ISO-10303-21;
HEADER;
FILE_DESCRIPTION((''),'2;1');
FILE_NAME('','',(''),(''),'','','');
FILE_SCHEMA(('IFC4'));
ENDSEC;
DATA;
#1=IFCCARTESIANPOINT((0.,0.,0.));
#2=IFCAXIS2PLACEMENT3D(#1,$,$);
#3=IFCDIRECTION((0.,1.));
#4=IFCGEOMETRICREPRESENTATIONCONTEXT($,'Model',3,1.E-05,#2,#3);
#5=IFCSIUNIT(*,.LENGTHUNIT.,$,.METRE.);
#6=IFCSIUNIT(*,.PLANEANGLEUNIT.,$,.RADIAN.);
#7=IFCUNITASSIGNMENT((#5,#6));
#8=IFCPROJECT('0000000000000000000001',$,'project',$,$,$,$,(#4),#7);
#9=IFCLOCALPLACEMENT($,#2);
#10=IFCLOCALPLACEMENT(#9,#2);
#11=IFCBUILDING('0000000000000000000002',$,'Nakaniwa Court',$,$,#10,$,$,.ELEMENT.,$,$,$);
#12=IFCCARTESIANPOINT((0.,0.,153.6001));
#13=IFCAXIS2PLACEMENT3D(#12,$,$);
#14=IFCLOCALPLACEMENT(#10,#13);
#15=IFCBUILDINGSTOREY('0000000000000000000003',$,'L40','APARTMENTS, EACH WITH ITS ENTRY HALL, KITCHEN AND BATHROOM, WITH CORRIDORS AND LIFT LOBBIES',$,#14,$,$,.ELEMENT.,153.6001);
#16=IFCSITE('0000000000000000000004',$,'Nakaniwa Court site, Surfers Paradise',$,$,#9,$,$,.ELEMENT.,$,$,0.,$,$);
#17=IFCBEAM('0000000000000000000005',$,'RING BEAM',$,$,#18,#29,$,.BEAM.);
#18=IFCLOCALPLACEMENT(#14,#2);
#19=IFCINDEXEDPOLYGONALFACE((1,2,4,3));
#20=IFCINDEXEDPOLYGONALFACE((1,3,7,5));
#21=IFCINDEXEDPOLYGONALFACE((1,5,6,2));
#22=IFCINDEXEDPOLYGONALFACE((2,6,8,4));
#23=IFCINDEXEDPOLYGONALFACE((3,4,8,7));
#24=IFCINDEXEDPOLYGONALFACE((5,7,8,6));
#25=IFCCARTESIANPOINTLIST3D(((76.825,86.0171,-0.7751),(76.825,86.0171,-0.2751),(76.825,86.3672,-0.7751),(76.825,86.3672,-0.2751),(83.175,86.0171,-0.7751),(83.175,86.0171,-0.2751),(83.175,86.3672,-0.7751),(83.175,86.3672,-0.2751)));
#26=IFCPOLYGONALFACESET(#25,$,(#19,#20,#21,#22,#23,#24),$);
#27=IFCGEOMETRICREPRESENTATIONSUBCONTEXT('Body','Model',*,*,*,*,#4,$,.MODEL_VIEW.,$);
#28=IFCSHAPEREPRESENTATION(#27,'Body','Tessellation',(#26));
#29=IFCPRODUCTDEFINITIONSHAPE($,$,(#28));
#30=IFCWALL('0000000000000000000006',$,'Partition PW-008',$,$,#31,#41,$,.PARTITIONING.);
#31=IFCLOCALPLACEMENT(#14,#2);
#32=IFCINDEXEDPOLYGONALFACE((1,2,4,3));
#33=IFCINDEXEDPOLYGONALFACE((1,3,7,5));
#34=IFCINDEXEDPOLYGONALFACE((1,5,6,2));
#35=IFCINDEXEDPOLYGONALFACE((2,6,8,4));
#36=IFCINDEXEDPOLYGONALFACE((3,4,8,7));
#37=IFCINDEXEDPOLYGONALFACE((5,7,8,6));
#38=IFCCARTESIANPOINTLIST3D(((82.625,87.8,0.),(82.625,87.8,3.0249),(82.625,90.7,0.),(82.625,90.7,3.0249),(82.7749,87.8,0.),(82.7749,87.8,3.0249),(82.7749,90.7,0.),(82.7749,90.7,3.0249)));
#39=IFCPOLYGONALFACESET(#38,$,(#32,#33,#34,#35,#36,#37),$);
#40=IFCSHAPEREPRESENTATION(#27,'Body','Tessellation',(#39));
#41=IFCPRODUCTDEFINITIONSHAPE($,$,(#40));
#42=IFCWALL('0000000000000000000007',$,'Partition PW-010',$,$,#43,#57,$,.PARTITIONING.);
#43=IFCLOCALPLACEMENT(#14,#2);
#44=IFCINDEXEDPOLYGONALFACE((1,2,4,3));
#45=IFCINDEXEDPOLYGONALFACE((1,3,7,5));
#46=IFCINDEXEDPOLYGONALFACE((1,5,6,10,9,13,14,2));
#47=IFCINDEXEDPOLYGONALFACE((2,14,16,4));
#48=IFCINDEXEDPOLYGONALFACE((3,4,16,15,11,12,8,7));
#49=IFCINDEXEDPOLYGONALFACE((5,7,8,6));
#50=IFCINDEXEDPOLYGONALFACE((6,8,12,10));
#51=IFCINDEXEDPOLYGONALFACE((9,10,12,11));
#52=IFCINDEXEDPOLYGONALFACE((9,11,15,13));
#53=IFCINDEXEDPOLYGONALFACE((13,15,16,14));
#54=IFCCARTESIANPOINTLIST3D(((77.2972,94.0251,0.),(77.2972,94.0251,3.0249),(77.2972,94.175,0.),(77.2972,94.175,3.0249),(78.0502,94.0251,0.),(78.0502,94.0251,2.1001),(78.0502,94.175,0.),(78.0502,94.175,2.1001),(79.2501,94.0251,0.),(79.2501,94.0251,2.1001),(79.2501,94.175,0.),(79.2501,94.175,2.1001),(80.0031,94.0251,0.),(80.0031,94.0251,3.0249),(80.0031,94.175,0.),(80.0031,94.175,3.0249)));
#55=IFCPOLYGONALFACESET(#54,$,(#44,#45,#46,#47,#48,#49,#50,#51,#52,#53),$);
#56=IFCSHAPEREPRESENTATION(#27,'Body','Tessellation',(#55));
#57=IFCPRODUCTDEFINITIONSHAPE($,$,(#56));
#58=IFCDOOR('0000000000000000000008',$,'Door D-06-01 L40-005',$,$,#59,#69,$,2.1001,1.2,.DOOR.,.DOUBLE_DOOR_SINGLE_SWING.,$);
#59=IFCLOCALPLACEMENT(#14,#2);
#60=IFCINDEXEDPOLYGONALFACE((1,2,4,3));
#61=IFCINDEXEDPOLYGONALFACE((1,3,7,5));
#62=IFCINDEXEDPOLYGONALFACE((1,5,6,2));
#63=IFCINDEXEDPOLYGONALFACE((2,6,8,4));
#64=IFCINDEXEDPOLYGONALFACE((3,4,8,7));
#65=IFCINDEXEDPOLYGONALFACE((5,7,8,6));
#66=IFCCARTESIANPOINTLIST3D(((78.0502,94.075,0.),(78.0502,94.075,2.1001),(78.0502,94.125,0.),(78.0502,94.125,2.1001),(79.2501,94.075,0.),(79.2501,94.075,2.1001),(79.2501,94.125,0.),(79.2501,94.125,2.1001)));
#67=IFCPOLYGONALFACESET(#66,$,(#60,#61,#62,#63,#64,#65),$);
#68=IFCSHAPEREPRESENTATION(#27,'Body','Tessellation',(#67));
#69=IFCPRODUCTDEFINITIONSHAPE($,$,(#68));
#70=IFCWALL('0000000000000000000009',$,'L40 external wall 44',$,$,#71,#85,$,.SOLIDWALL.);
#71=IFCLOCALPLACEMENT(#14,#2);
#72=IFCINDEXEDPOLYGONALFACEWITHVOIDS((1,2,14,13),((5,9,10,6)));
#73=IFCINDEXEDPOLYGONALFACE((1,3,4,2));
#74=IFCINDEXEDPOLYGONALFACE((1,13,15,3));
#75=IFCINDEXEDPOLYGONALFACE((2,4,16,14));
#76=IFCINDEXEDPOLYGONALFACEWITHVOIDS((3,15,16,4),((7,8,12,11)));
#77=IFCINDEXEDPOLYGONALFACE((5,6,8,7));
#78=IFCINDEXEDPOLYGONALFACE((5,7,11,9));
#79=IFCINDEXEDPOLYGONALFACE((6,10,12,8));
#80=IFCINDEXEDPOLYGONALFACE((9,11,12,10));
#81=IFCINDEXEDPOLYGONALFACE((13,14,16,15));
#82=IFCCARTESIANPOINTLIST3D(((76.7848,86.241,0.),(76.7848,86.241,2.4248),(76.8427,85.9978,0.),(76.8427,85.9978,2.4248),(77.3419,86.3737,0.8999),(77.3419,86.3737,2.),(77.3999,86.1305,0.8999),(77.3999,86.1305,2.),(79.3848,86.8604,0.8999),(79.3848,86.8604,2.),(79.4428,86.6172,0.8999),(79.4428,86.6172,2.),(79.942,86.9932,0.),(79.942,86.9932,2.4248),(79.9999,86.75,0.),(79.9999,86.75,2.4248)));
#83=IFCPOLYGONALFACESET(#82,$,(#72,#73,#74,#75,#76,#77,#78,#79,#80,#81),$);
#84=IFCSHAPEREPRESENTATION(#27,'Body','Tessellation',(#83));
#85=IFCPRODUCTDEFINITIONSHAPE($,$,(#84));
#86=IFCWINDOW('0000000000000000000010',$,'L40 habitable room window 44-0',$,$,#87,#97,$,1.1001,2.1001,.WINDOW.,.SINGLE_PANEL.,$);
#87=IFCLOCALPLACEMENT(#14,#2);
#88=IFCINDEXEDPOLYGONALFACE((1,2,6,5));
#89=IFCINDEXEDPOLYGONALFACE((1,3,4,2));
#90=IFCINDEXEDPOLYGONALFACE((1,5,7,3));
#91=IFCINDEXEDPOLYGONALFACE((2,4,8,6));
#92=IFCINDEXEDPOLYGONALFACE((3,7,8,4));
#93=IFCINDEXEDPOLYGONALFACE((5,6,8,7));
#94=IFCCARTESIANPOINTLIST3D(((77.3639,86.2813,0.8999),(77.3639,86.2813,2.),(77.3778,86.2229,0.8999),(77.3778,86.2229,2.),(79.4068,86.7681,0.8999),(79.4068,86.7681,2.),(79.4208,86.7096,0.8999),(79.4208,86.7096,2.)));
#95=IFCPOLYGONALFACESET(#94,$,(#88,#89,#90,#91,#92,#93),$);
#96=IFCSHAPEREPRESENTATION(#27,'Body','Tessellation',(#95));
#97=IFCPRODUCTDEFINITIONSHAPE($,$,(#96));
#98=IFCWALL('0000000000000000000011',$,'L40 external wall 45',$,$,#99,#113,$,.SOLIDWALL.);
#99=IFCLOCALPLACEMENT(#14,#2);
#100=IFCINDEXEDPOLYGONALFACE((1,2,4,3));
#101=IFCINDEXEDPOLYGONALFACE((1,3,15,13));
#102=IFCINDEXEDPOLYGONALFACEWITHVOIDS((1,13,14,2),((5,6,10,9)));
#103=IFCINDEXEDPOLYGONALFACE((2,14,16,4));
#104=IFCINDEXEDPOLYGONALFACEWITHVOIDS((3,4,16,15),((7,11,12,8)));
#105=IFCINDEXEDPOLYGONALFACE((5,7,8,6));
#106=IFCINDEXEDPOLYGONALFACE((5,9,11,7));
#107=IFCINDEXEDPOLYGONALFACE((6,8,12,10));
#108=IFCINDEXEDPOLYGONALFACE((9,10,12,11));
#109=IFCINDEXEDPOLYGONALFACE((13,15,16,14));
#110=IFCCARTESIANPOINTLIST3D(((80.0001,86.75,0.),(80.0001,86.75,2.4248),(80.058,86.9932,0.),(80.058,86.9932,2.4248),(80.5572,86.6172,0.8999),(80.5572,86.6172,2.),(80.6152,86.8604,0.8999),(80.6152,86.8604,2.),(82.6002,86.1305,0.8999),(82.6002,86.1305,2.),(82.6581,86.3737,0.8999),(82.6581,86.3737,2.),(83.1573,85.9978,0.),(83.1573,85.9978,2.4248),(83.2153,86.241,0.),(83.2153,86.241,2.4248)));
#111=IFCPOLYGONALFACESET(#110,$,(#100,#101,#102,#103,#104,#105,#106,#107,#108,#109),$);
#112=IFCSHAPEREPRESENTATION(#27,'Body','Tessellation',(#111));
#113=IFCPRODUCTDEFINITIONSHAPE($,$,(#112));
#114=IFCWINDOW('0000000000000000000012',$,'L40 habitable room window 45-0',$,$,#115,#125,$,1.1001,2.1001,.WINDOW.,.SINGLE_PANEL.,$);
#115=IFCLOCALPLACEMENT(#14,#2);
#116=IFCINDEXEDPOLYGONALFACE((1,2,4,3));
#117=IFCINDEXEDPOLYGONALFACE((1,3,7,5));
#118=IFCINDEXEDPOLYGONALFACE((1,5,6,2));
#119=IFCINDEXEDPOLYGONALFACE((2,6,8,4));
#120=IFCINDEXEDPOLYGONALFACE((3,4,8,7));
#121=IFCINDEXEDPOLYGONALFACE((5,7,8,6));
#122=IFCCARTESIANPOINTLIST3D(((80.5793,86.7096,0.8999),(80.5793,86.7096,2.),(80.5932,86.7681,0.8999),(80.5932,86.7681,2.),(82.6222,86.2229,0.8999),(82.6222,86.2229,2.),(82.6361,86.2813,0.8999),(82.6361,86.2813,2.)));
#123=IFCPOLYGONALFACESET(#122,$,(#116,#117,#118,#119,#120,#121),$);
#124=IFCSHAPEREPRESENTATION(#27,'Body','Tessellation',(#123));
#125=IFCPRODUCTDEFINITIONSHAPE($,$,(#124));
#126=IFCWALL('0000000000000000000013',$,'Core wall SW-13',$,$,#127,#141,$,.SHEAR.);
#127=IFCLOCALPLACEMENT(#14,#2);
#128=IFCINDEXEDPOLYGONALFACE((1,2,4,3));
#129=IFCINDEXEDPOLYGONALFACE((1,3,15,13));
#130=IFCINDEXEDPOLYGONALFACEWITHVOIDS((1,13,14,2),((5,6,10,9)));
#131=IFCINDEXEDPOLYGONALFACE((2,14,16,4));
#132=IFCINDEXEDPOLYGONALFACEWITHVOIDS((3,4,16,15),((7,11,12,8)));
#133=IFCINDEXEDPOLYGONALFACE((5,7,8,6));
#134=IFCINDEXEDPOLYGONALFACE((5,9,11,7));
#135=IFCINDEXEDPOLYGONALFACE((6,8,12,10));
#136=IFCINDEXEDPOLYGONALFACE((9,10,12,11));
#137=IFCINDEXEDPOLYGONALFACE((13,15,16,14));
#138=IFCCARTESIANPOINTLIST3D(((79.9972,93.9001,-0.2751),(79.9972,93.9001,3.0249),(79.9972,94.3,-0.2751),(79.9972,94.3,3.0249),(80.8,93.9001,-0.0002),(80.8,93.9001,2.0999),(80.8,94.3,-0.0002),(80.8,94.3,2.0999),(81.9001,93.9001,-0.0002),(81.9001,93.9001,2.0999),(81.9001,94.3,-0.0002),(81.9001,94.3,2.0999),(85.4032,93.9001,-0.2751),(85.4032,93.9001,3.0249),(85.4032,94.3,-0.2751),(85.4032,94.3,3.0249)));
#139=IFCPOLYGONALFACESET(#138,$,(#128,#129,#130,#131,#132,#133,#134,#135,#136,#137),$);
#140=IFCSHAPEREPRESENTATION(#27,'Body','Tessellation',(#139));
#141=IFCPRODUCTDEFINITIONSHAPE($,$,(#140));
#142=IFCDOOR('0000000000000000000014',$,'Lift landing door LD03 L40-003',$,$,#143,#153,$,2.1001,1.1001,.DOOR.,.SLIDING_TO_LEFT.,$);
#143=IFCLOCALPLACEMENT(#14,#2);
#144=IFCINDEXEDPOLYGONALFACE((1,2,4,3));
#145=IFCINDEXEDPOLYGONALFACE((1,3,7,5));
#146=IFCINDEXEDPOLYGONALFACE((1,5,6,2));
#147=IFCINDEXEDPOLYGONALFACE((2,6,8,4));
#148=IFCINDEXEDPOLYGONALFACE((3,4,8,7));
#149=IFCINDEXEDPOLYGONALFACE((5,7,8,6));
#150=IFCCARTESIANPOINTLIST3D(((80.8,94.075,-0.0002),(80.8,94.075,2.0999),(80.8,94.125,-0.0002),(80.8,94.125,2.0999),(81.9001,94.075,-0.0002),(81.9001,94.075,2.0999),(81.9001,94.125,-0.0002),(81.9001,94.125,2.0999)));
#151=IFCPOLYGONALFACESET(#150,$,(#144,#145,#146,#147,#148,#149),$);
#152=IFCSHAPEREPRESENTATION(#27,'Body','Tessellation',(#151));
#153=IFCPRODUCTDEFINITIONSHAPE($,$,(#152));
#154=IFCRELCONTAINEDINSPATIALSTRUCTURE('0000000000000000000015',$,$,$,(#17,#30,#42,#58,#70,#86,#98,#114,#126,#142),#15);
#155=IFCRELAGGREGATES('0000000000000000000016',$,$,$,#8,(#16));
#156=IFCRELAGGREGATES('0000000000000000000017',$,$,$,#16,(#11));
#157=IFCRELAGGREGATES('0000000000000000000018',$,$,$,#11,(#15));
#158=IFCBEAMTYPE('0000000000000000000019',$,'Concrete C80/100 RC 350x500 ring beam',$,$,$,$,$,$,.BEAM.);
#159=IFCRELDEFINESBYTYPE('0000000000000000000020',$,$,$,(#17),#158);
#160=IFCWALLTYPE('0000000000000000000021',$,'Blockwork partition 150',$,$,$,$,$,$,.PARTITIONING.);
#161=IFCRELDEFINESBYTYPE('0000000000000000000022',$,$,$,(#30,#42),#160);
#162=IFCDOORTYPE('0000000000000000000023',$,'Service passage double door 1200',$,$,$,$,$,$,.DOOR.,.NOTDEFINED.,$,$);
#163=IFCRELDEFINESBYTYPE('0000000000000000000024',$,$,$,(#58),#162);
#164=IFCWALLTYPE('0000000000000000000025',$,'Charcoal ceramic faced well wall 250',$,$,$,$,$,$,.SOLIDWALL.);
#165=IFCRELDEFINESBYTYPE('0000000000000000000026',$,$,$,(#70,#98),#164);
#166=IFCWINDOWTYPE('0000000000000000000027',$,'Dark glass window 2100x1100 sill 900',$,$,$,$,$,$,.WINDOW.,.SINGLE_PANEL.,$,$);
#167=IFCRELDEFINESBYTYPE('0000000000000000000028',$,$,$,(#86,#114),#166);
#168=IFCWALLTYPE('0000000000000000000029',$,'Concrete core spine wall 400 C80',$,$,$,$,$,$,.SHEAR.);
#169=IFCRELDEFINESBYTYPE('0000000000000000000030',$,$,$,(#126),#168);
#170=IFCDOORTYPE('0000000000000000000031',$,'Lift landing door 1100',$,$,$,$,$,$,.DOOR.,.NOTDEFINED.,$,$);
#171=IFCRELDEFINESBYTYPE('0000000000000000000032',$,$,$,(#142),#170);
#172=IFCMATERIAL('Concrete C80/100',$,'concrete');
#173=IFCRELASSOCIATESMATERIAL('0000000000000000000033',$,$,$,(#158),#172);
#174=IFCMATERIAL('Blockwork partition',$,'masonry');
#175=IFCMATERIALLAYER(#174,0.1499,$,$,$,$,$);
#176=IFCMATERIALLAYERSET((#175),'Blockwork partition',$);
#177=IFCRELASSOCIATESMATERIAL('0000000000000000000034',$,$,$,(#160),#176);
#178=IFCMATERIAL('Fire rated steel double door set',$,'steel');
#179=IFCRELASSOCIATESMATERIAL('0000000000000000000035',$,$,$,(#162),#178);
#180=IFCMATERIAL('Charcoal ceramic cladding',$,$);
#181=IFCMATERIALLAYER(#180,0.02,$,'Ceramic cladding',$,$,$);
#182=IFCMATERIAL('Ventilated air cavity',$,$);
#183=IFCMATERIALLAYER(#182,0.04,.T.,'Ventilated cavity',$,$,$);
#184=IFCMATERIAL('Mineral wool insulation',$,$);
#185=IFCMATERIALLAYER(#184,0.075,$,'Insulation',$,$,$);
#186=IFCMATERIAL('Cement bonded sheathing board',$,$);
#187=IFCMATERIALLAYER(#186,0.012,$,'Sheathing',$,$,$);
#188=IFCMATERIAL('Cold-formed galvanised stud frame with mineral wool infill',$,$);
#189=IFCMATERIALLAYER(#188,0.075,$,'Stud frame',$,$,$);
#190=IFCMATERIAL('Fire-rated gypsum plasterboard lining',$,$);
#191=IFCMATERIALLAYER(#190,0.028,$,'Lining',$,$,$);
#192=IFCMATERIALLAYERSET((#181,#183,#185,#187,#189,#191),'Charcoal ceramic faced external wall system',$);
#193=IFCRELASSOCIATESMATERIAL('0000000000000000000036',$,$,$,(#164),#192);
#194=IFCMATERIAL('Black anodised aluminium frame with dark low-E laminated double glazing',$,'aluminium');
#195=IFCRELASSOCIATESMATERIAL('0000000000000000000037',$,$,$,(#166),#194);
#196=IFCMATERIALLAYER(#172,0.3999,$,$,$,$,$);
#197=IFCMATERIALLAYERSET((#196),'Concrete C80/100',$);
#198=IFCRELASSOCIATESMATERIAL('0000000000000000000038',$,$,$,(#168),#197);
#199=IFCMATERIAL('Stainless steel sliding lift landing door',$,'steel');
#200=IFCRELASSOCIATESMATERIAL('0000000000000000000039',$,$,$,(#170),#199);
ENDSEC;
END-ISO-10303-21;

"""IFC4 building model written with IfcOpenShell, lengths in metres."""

from ifc_helpers import new_model, si_unit, direction, frame, frame_2d, origin, origin_2d, place, context, subcontext, project, spatial, rectangle, extrude, material, layer, layer_set, material_profile, profile_set, type_object, element, fill, save


model = new_model("IFC4")

# Units and contexts
model_context = context("Model", 3, precision=1e-05, world=origin(), true_north=direction((0.0, 1.0)))
body_context = subcontext(model_context, "Body", "Model", "MODEL_VIEW")
ifc_project = project(units=[si_unit("LENGTHUNIT", "METRE"), si_unit("PLANEANGLEUNIT", "RADIAN")], contexts=[model_context])

# Site, building, storey
site_placement = place(None, origin())
site = spatial("IfcSite", under=ifc_project, at=site_placement, Name="Nakaniwa Court site, Surfers Paradise", CompositionType="ELEMENT", RefElevation=0.0)
building_placement = place(site_placement, origin())
building = spatial("IfcBuilding", under=site, at=building_placement, Name="Nakaniwa Court", CompositionType="ELEMENT")
storey_placement = place(building_placement, frame((0.0, 0.0, 153.6001)))
storey = spatial("IfcBuildingStorey", under=building, at=storey_placement, Name="L40", Description="APARTMENTS, EACH WITH ITS ENTRY HALL, KITCHEN AND BATHROOM, WITH CORRIDORS AND LIFT LOBBIES", CompositionType="ELEMENT", Elevation=153.6001)

# Shared definitions
ifc_material_1 = material(Name="Concrete C80/100", Category="concrete")

# Beam
ifc_material_profile_1 = material_profile(ifc_material_1, rectangle(XDim=0.3501, YDim=0.5, at=origin_2d()), Name="Concrete C80/100 RC 350x500 ring beam")
ifc_profile_set_1 = profile_set([ifc_material_profile_1], Name="Concrete C80/100")
beam_type = type_object("IfcBeamType", Name="Concrete C80/100 RC 350x500 ring beam", PredefinedType="BEAM", material=ifc_profile_set_1)
beam_placement = place(storey_placement, frame((83.175, 86.1921, -0.5251), z_axis=(-1.0, 0.0, 0.0), x_axis=(0.0, -1.0, 0.0)))
element("IfcBeam", 1, at=beam_placement, inside=storey, type_object=beam_type, Name="RING BEAM", PredefinedType="BEAM", context=body_context, shape_type="SweptSolid", body=[
    extrude(rectangle(XDim=0.3501, YDim=0.5, at=origin_2d()), origin(), (0.0, 0.0, 1.0), 6.3501),
])

# Wall
ifc_material_2 = material(Name="Blockwork partition", Category="masonry")
ifc_layer_1 = layer(ifc_material_2, 0.1499)
ifc_layer_set_1 = layer_set([ifc_layer_1], Name="Blockwork partition")
wall_type_1 = type_object("IfcWallType", Name="Blockwork partition 150", PredefinedType="PARTITIONING", material=ifc_layer_set_1)
wall_1_placement = place(storey_placement, frame((82.7, 87.8, 0.0), z_axis=(0.0, 0.0, 1.0), x_axis=(0.0, 1.0, 0.0)))
element("IfcWall", 2, at=wall_1_placement, inside=storey, type_object=wall_type_1, Name="Partition PW-008", PredefinedType="PARTITIONING", context=body_context, shape_type="SweptSolid", body=[
    extrude(rectangle(XDim=2.8999, YDim=0.1499, at=frame_2d((1.45, 0.0))), origin(), (0.0, 0.0, 1.0), 3.0249),
])

# Wall, opening, door
wall_2_placement = place(storey_placement, frame((77.2971, 94.1001, 0.0), z_axis=(0.0, 0.0, 1.0), x_axis=(1.0, 0.0, 0.0)))
wall_2 = element("IfcWall", 3, at=wall_2_placement, inside=storey, type_object=wall_type_1, Name="Partition PW-010", PredefinedType="PARTITIONING", context=body_context, shape_type="SweptSolid", body=[
    extrude(rectangle(XDim=2.7058, YDim=0.1499, at=frame_2d((1.353, 0.0))), origin(), (0.0, 0.0, 1.0), 3.0249),
])
opening_1_placement = place(wall_2_placement, frame((0.7529, 0.0, 0.0)))
opening_1 = element("IfcOpeningElement", 4, at=opening_1_placement, cuts=wall_2, PredefinedType="OPENING", context=body_context, shape_type="SweptSolid", body=[
    extrude(rectangle(XDim=1.2, YDim=2.1001, at=frame_2d((0.6001, 1.05))), frame((0.0, 0.085, 0.0), z_axis=(0.0, -1.0, 0.0), x_axis=(1.0, 0.0, 0.0)), (0.0, 0.0, 1.0), 0.1699),
])
ifc_material_3 = material(Name="Fire rated steel double door set", Category="steel")
door_type_1 = type_object("IfcDoorType", Name="Service passage double door 1200", OperationType="NOTDEFINED", PredefinedType="DOOR", material=ifc_material_3)
door_1_placement = place(opening_1_placement, origin())
door_1 = element("IfcDoor", 5, at=door_1_placement, inside=storey, type_object=door_type_1, Name="Door D-06-01 L40-005", OperationType="DOUBLE_DOOR_SINGLE_SWING", OverallHeight=2.1001, OverallWidth=1.2, PredefinedType="DOOR", context=body_context, shape_type="SweptSolid", body=[
    extrude(rectangle(XDim=1.2, YDim=2.1001, at=frame_2d((0.6001, 1.05))), frame((0.0, 0.0249, 0.0), z_axis=(0.0, -1.0, 0.0), x_axis=(1.0, 0.0, 0.0)), (0.0, 0.0, 1.0), 0.05),
])
fill(opening_1, door_1)

# Walls, openings, windows
ifc_material_4 = material(Name="Charcoal ceramic cladding")
ifc_layer_2 = layer(ifc_material_4, 0.02, Name="Ceramic cladding")
ifc_material_5 = material(Name="Ventilated air cavity")
ifc_layer_3 = layer(ifc_material_5, 0.04, ventilated=True, Name="Ventilated cavity")
ifc_material_6 = material(Name="Mineral wool insulation")
ifc_layer_4 = layer(ifc_material_6, 0.075, Name="Insulation")
ifc_material_7 = material(Name="Cement bonded sheathing board")
ifc_layer_5 = layer(ifc_material_7, 0.012, Name="Sheathing")
ifc_material_8 = material(Name="Cold-formed galvanised stud frame with mineral wool infill")
ifc_layer_6 = layer(ifc_material_8, 0.075, Name="Stud frame")
ifc_material_9 = material(Name="Fire-rated gypsum plasterboard lining")
ifc_layer_7 = layer(ifc_material_9, 0.028, Name="Lining")
ifc_layer_set_2 = layer_set([ifc_layer_2, ifc_layer_3, ifc_layer_4, ifc_layer_5, ifc_layer_6, ifc_layer_7], Name="Charcoal ceramic faced external wall system")
wall_type_2 = type_object("IfcWallType", Name="Charcoal ceramic faced well wall 250", PredefinedType="SOLIDWALL", material=ifc_layer_set_2)
wall_3_placement = place(storey_placement, frame((76.8137, 86.1194, 0.0), z_axis=(0.0, 0.0, 1.0), x_axis=(0.972773, 0.23176, 0.0)))
wall_3 = element("IfcWall", 6, at=wall_3_placement, inside=storey, type_object=wall_type_2, Name="L40 external wall 44", PredefinedType="SOLIDWALL", context=body_context, shape_type="SweptSolid", body=[
    extrude(rectangle(XDim=3.2456, YDim=0.25, at=frame_2d((1.6228, 0.0))), origin(), (0.0, 0.0, 1.0), 2.4248),
])
opening_2_placement = place(wall_3_placement, frame((0.5728, 0.0, 0.8999)))
opening_2 = element("IfcOpeningElement", 7, at=opening_2_placement, cuts=wall_3, PredefinedType="OPENING", context=body_context, shape_type="SweptSolid", body=[
    extrude(rectangle(XDim=2.1001, YDim=1.1001, at=frame_2d((1.05, 0.55))), frame((0.0, 0.135, 0.0), z_axis=(0.0, -1.0, 0.0), x_axis=(1.0, 0.0, 0.0)), (0.0, 0.0, 1.0), 0.27),
])
ifc_material_10 = material(Name="Black anodised aluminium frame with dark low-E laminated double glazing", Category="aluminium")
window_type = type_object("IfcWindowType", Name="Dark glass window 2100x1100 sill 900", PartitioningType="SINGLE_PANEL", PredefinedType="WINDOW", material=ifc_material_10)
window_1_placement = place(opening_2_placement, origin())
window_1 = element("IfcWindow", 8, at=window_1_placement, inside=storey, type_object=window_type, Name="L40 habitable room window 44-0", OverallHeight=1.1001, OverallWidth=2.1001, PartitioningType="SINGLE_PANEL", PredefinedType="WINDOW", context=body_context, shape_type="SweptSolid", body=[
    extrude(rectangle(XDim=2.1001, YDim=1.1001, at=frame_2d((1.05, 0.55))), frame((0.0, 0.03, 0.0), z_axis=(0.0, -1.0, 0.0), x_axis=(1.0, 0.0, 0.0)), (0.0, 0.0, 1.0), 0.0601),
])
fill(opening_2, window_1)
wall_4_placement = place(storey_placement, frame((80.0291, 86.8716, 0.0), z_axis=(0.0, 0.0, 1.0), x_axis=(0.972773, -0.23176, 0.0)))
wall_4 = element("IfcWall", 9, at=wall_4_placement, inside=storey, type_object=wall_type_2, Name="L40 external wall 45", PredefinedType="SOLIDWALL", context=body_context, shape_type="SweptSolid", body=[
    extrude(rectangle(XDim=3.2456, YDim=0.25, at=frame_2d((1.6228, 0.0))), origin(), (0.0, 0.0, 1.0), 2.4248),
])
opening_3_placement = place(wall_4_placement, frame((0.5728, 0.0, 0.8999)))
opening_3 = element("IfcOpeningElement", 10, at=opening_3_placement, cuts=wall_4, PredefinedType="OPENING", context=body_context, shape_type="SweptSolid", body=[
    extrude(rectangle(XDim=2.1001, YDim=1.1001, at=frame_2d((1.05, 0.55))), frame((0.0, 0.135, 0.0), z_axis=(0.0, -1.0, 0.0), x_axis=(1.0, 0.0, 0.0)), (0.0, 0.0, 1.0), 0.27),
])
window_2_placement = place(opening_3_placement, origin())
window_2 = element("IfcWindow", 11, at=window_2_placement, inside=storey, type_object=window_type, Name="L40 habitable room window 45-0", OverallHeight=1.1001, OverallWidth=2.1001, PartitioningType="SINGLE_PANEL", PredefinedType="WINDOW", context=body_context, shape_type="SweptSolid", body=[
    extrude(rectangle(XDim=2.1001, YDim=1.1001, at=frame_2d((1.05, 0.55))), frame((0.0, 0.03, 0.0), z_axis=(0.0, -1.0, 0.0), x_axis=(1.0, 0.0, 0.0)), (0.0, 0.0, 1.0), 0.0601),
])
fill(opening_3, window_2)

# Wall, opening, door
ifc_layer_8 = layer(ifc_material_1, 0.3999)
ifc_layer_set_3 = layer_set([ifc_layer_8], Name="Concrete C80/100")
wall_type_3 = type_object("IfcWallType", Name="Concrete core spine wall 400 C80", PredefinedType="SHEAR", material=ifc_layer_set_3)
wall_5_placement = place(storey_placement, frame((79.9971, 94.1001, -0.2751), z_axis=(0.0, 0.0, 1.0), x_axis=(1.0, 0.0, 0.0)))
wall_5 = element("IfcWall", 12, at=wall_5_placement, inside=storey, type_object=wall_type_3, Name="Core wall SW-13", PredefinedType="SHEAR", context=body_context, shape_type="SweptSolid", body=[
    extrude(rectangle(XDim=5.406, YDim=0.3999, at=frame_2d((2.7031, 0.0))), origin(), (0.0, 0.0, 1.0), 3.3),
])
opening_4_placement = place(wall_5_placement, frame((0.803, 0.0, 0.2749)))
opening_4 = element("IfcOpeningElement", 13, at=opening_4_placement, cuts=wall_5, PredefinedType="OPENING", context=body_context, shape_type="SweptSolid", body=[
    extrude(rectangle(XDim=1.1001, YDim=2.1001, at=frame_2d((0.55, 1.05))), frame((0.0, 0.21, 0.0), z_axis=(0.0, -1.0, 0.0), x_axis=(1.0, 0.0, 0.0)), (0.0, 0.0, 1.0), 0.4199),
])
ifc_material_11 = material(Name="Stainless steel sliding lift landing door", Category="steel")
door_type_2 = type_object("IfcDoorType", Name="Lift landing door 1100", OperationType="NOTDEFINED", PredefinedType="DOOR", material=ifc_material_11)
door_2_placement = place(opening_4_placement, origin())
door_2 = element("IfcDoor", 14, at=door_2_placement, inside=storey, type_object=door_type_2, Name="Lift landing door LD03 L40-003", OperationType="SLIDING_TO_LEFT", OverallHeight=2.1001, OverallWidth=1.1001, PredefinedType="DOOR", context=body_context, shape_type="SweptSolid", body=[
    extrude(rectangle(XDim=1.1001, YDim=2.1001, at=frame_2d((0.55, 1.05))), frame((0.0, 0.0249, 0.0), z_axis=(0.0, -1.0, 0.0), x_axis=(1.0, 0.0, 0.0)), (0.0, 0.0, 1.0), 0.05),
])
fill(opening_4, door_2)

save(model, "model.ifc")
